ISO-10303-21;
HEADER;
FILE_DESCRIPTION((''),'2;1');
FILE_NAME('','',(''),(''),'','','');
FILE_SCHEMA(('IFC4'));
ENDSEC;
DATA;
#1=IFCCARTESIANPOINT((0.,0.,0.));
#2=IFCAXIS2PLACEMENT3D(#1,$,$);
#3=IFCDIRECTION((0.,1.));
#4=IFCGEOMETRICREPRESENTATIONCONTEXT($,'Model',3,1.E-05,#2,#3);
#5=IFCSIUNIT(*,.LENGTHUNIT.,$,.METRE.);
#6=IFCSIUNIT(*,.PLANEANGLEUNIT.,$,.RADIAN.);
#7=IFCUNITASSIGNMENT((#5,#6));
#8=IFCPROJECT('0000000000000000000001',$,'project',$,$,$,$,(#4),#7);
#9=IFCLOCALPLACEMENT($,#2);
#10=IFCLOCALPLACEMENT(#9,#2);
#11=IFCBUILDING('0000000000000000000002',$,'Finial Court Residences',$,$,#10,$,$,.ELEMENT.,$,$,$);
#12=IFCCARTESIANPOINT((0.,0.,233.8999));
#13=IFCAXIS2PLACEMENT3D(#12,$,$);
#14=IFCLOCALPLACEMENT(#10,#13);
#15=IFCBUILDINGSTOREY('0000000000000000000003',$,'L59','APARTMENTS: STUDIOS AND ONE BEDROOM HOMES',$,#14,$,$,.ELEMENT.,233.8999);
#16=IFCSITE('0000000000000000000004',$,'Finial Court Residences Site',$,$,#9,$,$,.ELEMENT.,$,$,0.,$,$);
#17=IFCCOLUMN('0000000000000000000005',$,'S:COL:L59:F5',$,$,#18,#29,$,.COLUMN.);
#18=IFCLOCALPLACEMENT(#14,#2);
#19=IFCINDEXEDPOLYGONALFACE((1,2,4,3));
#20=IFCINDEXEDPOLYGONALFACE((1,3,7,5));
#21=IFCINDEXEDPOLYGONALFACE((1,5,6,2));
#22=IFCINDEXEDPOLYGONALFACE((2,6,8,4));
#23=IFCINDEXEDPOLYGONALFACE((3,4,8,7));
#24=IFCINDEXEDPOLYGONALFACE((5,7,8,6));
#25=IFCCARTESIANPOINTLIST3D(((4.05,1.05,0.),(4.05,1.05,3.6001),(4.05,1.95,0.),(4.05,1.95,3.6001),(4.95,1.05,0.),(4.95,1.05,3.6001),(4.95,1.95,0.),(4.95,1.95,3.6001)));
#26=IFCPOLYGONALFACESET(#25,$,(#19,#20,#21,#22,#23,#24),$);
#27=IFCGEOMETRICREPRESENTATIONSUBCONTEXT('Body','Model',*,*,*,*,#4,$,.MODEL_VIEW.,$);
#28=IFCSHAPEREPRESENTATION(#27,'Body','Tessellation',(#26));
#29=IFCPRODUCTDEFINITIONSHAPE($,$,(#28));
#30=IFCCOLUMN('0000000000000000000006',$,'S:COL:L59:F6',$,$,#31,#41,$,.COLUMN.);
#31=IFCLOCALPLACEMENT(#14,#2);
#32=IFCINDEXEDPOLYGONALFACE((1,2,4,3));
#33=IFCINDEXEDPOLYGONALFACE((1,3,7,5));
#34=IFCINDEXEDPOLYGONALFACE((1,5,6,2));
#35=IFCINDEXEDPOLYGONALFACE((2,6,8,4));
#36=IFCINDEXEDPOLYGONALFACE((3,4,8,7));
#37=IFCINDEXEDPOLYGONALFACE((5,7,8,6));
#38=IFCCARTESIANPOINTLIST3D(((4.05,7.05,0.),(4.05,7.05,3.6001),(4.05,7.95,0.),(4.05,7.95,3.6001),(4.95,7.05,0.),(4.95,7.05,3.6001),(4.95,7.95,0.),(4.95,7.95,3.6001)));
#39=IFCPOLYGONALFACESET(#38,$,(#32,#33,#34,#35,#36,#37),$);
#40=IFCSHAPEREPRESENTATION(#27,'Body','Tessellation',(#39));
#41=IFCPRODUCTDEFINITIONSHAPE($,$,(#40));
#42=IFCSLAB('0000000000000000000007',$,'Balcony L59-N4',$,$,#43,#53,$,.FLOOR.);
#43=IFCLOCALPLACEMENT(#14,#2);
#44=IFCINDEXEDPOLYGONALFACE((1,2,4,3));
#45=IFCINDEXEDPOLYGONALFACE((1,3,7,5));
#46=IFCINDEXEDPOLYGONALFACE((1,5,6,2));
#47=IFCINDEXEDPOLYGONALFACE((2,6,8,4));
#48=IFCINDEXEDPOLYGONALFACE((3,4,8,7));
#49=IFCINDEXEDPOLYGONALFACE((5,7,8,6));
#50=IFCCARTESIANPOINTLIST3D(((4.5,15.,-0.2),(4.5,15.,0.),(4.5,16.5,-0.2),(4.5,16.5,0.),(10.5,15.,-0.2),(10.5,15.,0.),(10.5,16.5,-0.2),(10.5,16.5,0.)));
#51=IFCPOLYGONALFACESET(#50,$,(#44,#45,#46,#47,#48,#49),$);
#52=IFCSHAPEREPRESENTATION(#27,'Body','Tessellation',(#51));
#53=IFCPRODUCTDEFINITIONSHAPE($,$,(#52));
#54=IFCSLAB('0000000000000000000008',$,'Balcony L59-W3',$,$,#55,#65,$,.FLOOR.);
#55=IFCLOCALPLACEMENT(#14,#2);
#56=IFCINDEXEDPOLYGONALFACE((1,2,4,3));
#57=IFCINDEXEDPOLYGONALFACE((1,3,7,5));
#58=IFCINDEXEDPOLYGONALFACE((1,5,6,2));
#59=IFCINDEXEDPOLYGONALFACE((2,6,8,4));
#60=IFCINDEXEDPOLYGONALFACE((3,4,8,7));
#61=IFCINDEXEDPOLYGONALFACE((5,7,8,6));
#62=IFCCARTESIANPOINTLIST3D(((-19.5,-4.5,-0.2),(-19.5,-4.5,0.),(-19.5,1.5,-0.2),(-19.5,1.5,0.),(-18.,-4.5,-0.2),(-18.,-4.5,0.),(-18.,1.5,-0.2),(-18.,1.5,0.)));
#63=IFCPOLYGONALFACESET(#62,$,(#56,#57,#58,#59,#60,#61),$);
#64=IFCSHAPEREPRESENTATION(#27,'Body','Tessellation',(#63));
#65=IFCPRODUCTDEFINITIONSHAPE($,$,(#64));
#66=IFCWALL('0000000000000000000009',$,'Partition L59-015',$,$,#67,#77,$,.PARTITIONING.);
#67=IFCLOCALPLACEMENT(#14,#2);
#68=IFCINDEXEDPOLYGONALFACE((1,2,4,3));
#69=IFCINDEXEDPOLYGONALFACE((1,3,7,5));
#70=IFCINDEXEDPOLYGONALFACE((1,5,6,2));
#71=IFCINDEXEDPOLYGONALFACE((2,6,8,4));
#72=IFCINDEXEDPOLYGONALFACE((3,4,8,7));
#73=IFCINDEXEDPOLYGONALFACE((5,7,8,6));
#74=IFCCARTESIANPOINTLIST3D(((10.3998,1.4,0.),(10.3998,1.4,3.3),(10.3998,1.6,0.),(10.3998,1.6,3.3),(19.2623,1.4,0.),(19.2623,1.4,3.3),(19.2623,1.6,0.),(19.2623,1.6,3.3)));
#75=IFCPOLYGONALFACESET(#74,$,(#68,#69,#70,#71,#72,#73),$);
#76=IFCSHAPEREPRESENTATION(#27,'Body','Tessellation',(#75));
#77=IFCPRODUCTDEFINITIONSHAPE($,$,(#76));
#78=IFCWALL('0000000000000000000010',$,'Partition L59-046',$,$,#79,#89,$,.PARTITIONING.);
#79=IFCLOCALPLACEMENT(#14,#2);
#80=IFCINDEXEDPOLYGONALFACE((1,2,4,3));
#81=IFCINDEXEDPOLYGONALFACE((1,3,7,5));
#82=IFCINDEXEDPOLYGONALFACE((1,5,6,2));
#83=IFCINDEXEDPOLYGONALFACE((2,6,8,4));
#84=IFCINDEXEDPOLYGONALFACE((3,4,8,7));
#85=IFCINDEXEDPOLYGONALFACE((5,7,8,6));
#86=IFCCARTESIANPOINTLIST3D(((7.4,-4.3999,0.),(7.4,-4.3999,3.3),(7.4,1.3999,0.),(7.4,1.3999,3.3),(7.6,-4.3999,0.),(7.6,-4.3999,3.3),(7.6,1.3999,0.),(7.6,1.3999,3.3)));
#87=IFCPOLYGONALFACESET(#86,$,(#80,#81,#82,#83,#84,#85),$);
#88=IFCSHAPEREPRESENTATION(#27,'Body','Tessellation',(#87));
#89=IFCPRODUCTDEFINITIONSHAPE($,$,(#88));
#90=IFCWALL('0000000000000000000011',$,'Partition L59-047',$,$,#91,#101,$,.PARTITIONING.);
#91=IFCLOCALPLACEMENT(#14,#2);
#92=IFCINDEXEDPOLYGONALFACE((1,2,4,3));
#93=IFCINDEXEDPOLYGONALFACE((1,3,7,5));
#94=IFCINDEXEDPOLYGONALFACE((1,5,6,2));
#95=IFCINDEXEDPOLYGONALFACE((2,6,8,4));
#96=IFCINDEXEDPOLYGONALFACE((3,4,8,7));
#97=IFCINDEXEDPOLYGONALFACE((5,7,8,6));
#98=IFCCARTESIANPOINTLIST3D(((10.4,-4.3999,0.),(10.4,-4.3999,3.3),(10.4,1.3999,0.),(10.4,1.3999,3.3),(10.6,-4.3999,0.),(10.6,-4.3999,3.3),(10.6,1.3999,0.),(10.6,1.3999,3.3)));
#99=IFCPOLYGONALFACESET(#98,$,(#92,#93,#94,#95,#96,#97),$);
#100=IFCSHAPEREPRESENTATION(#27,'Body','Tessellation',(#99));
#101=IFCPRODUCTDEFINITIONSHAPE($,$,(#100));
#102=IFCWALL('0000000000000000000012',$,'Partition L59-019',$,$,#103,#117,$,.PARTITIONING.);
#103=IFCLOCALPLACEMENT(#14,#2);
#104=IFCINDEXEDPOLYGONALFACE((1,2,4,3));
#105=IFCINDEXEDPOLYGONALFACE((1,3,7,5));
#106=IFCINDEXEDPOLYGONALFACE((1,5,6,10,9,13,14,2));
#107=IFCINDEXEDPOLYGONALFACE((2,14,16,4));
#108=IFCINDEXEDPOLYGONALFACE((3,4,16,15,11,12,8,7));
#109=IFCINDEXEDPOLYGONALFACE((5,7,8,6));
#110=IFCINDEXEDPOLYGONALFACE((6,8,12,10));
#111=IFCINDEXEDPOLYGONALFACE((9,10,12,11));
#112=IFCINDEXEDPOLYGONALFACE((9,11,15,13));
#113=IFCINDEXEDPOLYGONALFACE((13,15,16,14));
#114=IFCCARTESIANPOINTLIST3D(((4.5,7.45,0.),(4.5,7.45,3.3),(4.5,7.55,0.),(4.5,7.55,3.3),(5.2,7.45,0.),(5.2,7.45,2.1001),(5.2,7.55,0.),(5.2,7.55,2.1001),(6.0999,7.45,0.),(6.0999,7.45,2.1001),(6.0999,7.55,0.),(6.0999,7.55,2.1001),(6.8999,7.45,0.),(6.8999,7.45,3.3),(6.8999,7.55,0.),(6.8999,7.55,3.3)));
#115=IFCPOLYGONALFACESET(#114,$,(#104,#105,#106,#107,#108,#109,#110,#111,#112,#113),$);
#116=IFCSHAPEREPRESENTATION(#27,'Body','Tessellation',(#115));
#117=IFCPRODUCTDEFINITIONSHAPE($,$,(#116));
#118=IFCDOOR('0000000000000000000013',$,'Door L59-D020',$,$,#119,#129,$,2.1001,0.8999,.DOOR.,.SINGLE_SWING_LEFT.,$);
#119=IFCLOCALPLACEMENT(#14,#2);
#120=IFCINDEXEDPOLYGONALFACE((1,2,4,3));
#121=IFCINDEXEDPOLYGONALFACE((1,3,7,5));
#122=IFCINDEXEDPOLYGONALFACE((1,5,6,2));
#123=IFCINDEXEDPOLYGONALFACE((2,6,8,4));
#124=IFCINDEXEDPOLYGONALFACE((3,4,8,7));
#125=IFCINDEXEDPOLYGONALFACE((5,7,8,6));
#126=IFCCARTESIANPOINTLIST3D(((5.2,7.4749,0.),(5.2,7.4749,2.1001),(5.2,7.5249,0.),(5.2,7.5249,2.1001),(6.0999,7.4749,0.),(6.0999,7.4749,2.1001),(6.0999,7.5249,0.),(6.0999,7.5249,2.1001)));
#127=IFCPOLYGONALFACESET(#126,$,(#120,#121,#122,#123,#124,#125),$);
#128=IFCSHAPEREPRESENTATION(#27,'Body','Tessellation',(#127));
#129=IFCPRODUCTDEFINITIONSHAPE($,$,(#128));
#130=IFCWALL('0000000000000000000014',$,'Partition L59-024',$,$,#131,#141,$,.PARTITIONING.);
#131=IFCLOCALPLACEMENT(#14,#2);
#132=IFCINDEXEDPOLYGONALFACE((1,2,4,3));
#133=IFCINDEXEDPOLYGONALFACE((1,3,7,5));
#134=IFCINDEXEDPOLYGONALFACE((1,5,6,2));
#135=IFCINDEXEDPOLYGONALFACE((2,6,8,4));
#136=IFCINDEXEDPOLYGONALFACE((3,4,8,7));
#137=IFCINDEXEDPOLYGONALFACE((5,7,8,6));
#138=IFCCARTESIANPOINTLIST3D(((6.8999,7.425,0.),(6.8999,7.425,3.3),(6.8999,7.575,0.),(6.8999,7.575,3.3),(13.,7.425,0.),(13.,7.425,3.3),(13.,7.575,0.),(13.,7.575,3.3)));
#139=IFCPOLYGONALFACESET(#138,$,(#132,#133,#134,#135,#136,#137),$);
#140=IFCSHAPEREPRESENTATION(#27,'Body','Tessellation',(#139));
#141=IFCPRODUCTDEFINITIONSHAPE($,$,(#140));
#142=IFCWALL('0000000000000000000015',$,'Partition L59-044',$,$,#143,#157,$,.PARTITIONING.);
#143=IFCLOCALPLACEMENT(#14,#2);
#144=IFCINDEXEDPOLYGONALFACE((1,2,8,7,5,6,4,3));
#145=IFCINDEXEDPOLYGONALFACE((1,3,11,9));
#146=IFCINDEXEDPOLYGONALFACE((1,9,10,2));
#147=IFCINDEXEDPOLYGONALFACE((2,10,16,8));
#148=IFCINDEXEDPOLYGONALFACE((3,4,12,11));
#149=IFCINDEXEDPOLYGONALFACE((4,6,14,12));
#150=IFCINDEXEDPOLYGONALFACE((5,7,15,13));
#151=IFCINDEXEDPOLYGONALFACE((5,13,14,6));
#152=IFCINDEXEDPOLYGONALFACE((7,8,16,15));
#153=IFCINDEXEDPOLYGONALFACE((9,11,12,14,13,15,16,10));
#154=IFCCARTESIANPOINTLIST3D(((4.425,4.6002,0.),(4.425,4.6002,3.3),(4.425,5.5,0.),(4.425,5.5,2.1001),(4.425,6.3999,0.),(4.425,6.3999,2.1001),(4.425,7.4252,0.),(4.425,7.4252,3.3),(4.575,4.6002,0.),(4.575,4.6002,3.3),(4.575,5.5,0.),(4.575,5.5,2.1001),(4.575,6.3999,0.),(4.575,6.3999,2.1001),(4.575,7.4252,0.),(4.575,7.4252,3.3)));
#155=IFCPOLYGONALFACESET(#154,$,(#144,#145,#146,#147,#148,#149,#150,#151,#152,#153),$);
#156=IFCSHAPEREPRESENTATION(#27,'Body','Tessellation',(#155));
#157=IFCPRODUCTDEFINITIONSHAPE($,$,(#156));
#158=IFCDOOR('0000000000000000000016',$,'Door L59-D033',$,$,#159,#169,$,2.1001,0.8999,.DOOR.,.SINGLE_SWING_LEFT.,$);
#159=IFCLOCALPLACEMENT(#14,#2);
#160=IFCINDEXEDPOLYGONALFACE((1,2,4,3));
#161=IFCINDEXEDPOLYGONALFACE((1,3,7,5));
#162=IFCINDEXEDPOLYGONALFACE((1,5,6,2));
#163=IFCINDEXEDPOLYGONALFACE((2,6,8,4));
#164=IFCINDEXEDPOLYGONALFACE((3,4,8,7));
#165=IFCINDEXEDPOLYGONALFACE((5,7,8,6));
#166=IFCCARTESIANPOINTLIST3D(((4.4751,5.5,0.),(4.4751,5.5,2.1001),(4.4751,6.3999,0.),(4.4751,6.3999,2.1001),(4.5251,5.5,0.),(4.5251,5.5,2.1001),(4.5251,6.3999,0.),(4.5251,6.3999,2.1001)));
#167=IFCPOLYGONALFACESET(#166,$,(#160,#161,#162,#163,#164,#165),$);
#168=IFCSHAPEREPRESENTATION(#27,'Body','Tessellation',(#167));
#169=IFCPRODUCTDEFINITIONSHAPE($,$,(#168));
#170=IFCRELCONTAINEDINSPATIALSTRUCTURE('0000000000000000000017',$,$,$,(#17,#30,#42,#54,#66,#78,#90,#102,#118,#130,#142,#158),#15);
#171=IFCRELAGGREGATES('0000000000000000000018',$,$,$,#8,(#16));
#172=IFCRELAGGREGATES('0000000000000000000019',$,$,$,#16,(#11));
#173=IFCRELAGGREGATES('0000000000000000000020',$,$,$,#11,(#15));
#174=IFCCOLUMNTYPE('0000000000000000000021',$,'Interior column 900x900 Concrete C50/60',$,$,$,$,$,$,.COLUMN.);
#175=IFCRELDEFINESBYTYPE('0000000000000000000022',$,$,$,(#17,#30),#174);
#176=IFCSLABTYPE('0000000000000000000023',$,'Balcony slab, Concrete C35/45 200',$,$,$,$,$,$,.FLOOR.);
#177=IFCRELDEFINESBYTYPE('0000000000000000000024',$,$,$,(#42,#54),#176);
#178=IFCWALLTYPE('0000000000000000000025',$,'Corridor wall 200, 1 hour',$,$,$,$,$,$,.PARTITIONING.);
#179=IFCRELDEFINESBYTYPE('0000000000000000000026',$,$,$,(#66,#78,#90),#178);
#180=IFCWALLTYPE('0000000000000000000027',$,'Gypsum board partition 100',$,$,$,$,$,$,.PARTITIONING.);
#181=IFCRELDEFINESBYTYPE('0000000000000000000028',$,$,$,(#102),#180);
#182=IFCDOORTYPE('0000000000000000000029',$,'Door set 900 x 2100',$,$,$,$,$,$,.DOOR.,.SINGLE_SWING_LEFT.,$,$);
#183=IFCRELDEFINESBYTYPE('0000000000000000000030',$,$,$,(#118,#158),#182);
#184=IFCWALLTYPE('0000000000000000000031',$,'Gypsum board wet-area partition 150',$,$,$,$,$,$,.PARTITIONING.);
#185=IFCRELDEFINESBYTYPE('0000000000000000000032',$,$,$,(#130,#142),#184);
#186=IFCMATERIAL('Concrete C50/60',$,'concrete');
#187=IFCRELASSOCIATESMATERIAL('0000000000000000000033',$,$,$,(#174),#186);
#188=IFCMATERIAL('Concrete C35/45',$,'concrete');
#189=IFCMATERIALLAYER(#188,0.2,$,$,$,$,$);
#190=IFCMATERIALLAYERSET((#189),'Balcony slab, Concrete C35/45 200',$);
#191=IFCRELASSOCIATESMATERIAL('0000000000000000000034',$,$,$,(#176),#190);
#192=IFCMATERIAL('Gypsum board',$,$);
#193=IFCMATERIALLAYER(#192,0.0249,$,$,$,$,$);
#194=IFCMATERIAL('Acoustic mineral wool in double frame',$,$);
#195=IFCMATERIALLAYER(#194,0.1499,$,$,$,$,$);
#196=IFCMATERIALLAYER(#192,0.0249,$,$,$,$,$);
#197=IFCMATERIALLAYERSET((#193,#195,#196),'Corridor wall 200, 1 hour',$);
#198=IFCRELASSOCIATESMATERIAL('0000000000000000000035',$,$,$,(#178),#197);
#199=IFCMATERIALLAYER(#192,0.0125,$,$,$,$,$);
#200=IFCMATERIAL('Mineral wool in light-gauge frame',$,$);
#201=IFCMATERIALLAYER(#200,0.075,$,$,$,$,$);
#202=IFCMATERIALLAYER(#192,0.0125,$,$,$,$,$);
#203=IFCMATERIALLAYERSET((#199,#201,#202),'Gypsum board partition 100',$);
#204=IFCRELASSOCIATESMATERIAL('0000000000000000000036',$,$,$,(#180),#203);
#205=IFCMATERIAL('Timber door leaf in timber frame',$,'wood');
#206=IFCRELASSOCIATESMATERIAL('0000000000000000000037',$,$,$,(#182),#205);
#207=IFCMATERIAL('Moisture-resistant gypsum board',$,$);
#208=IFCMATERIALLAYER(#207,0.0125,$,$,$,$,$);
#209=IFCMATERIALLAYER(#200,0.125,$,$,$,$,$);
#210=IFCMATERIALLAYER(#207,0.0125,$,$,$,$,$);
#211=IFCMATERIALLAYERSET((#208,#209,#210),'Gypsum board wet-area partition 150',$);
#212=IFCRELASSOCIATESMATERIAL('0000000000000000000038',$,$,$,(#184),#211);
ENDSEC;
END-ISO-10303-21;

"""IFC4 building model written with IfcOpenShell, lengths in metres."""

from ifc_helpers import new_model, si_unit, direction, frame, frame_2d, origin, origin_2d, place, context, subcontext, project, spatial, polyline, rectangle, outline, extrude, material, layer, layer_set, material_profile, profile_set, type_object, element, fill, save


model = new_model("IFC4")

# Units and contexts
model_context = context("Model", 3, precision=1e-05, world=origin(), true_north=direction((0.0, 1.0)))
body_context = subcontext(model_context, "Body", "Model", "MODEL_VIEW")
ifc_project = project(units=[si_unit("LENGTHUNIT", "METRE"), si_unit("PLANEANGLEUNIT", "RADIAN")], contexts=[model_context])

# Site, building, storey
site_placement = place(None, origin())
site = spatial("IfcSite", under=ifc_project, at=site_placement, Name="Finial Court Residences Site", CompositionType="ELEMENT", RefElevation=0.0)
building_placement = place(site_placement, origin())
building = spatial("IfcBuilding", under=site, at=building_placement, Name="Finial Court Residences", CompositionType="ELEMENT")
storey_placement = place(building_placement, frame((0.0, 0.0, 233.8999)))
storey = spatial("IfcBuildingStorey", under=building, at=storey_placement, Name="L59", Description="APARTMENTS: STUDIOS AND ONE BEDROOM HOMES", CompositionType="ELEMENT", Elevation=233.8999)

# Columns
ifc_material_1 = material(Name="Concrete C50/60", Category="concrete")
ifc_material_profile = material_profile(ifc_material_1, rectangle(XDim=0.8999, YDim=0.8999, at=origin_2d()), Name="900x900")
ifc_profile_set = profile_set([ifc_material_profile], Name="Concrete C50/60")
column_type = type_object("IfcColumnType", Name="Interior column 900x900 Concrete C50/60", PredefinedType="COLUMN", material=ifc_profile_set)
for number, where, z_axis, x_axis, name in (
    (1, (4.5, 1.5, 0.0), (0.0, 0.0, 1.0), (1.0, 0.0, 0.0), "S:COL:L59:F5"),
    (2, (4.5, 7.5, 0.0), (0.0, 0.0, 1.0), (1.0, 0.0, 0.0), "S:COL:L59:F6"),
):
    element("IfcColumn", number, at=place(storey_placement, frame(where, z_axis=z_axis, x_axis=x_axis)), inside=storey, type_object=column_type, Name=name, PredefinedType="COLUMN", context=body_context, shape_type="SweptSolid", body=[
        extrude(rectangle(XDim=0.8999, YDim=0.8999, at=origin_2d()), origin(), (0.0, 0.0, 1.0), 3.6001),
    ])

# Slabs
ifc_material_2 = material(Name="Concrete C35/45", Category="concrete")
ifc_layer_1 = layer(ifc_material_2, 0.2)
ifc_layer_set_1 = layer_set([ifc_layer_1], Name="Balcony slab, Concrete C35/45 200")
slab_type = type_object("IfcSlabType", Name="Balcony slab, Concrete C35/45 200", PredefinedType="FLOOR", material=ifc_layer_set_1)
slab_1_placement = place(storey_placement, frame((0.0, 0.0, -0.2)))
element("IfcSlab", 3, at=slab_1_placement, inside=storey, type_object=slab_type, Name="Balcony L59-N4", PredefinedType="FLOOR", context=body_context, shape_type="SweptSolid", body=[
    extrude(outline(polyline([(10.5, 15.0), (10.5, 16.5), (4.5, 16.5), (4.5, 15.0), (10.5, 15.0)])), origin(), (0.0, 0.0, 1.0), 0.2),
])
slab_2_placement = place(storey_placement, frame((0.0, 0.0, -0.2)))
element("IfcSlab", 4, at=slab_2_placement, inside=storey, type_object=slab_type, Name="Balcony L59-W3", PredefinedType="FLOOR", context=body_context, shape_type="SweptSolid", body=[
    extrude(outline(polyline([(-18.0, -4.5), (-18.0, 1.5), (-19.5, 1.5), (-19.5, -4.5), (-18.0, -4.5)])), origin(), (0.0, 0.0, 1.0), 0.2),
])

# Walls
ifc_material_3 = material(Name="Gypsum board")
ifc_layer_2 = layer(ifc_material_3, 0.0249)
ifc_material_4 = material(Name="Acoustic mineral wool in double frame")
ifc_layer_3 = layer(ifc_material_4, 0.1499)
ifc_layer_4 = layer(ifc_material_3, 0.0249)
ifc_layer_set_2 = layer_set([ifc_layer_2, ifc_layer_3, ifc_layer_4], Name="Corridor wall 200, 1 hour")
wall_type_1 = type_object("IfcWallType", Name="Corridor wall 200, 1 hour", PredefinedType="PARTITIONING", material=ifc_layer_set_2)
wall_1_placement = place(storey_placement, frame((10.3999, 1.5, 0.0), z_axis=(0.0, 0.0, 1.0), x_axis=(1.0, 0.0, 0.0)))
element("IfcWall", 5, at=wall_1_placement, inside=storey, type_object=wall_type_1, Name="Partition L59-015", PredefinedType="PARTITIONING", context=body_context, shape_type="SweptSolid", body=[
    extrude(rectangle(XDim=8.8625, YDim=0.2, at=frame_2d((4.4312, 0.0))), origin(), (0.0, 0.0, 1.0), 3.3),
])
for number, where, z_axis, x_axis, name in (
    (6, (7.5, -4.3999, 0.0), (0.0, 0.0, 1.0), (0.0, 1.0, 0.0), "Partition L59-046"),
    (7, (10.5, -4.3999, 0.0), (0.0, 0.0, 1.0), (0.0, 1.0, 0.0), "Partition L59-047"),
):
    element("IfcWall", number, at=place(storey_placement, frame(where, z_axis=z_axis, x_axis=x_axis)), inside=storey, type_object=wall_type_1, Name=name, PredefinedType="PARTITIONING", context=body_context, shape_type="SweptSolid", body=[
        extrude(rectangle(XDim=5.7998, YDim=0.2, at=frame_2d((2.8999, 0.0))), origin(), (0.0, 0.0, 1.0), 3.3),
    ])

# Wall, opening, door
ifc_layer_5 = layer(ifc_material_3, 0.0125)
ifc_material_5 = material(Name="Mineral wool in light-gauge frame")
ifc_layer_6 = layer(ifc_material_5, 0.075)
ifc_layer_7 = layer(ifc_material_3, 0.0125)
ifc_layer_set_3 = layer_set([ifc_layer_5, ifc_layer_6, ifc_layer_7], Name="Gypsum board partition 100")
wall_type_2 = type_object("IfcWallType", Name="Gypsum board partition 100", PredefinedType="PARTITIONING", material=ifc_layer_set_3)
wall_2_placement = place(storey_placement, frame((4.5, 7.5, 0.0), z_axis=(0.0, 0.0, 1.0), x_axis=(1.0, 0.0, 0.0)))
wall_2 = element("IfcWall", 8, at=wall_2_placement, inside=storey, type_object=wall_type_2, Name="Partition L59-019", PredefinedType="PARTITIONING", context=body_context, shape_type="SweptSolid", body=[
    extrude(rectangle(XDim=2.3999, YDim=0.1001, at=frame_2d((1.2, 0.0))), origin(), (0.0, 0.0, 1.0), 3.3),
])
opening_1_placement = place(wall_2_placement, frame((0.7, 0.0, 0.0)))
opening_1 = element("IfcOpeningElement", 9, at=opening_1_placement, cuts=wall_2, PredefinedType="OPENING", context=body_context, shape_type="SweptSolid", body=[
    extrude(rectangle(XDim=0.8999, YDim=2.1001, at=frame_2d((0.45, 1.05))), frame((0.0, 0.0601, 0.0), z_axis=(0.0, -1.0, 0.0), x_axis=(1.0, 0.0, 0.0)), (0.0, 0.0, 1.0), 0.1201),
])
ifc_material_6 = material(Name="Timber door leaf in timber frame", Category="wood")
door_type = type_object("IfcDoorType", Name="Door set 900 x 2100", OperationType="SINGLE_SWING_LEFT", PredefinedType="DOOR", material=ifc_material_6)
door_1_placement = place(opening_1_placement, origin())
door_1 = element("IfcDoor", 10, at=door_1_placement, inside=storey, type_object=door_type, Name="Door L59-D020", OperationType="SINGLE_SWING_LEFT", OverallHeight=2.1001, OverallWidth=0.8999, PredefinedType="DOOR", context=body_context, shape_type="SweptSolid", body=[
    extrude(rectangle(XDim=0.8999, YDim=2.1001, at=frame_2d((0.45, 1.05))), frame((0.0, 0.0249, 0.0), z_axis=(0.0, -1.0, 0.0), x_axis=(1.0, 0.0, 0.0)), (0.0, 0.0, 1.0), 0.05),
])
fill(opening_1, door_1)

# Wall
ifc_material_7 = material(Name="Moisture-resistant gypsum board")
ifc_layer_8 = layer(ifc_material_7, 0.0125)
ifc_layer_9 = layer(ifc_material_5, 0.125)
ifc_layer_10 = layer(ifc_material_7, 0.0125)
ifc_layer_set_4 = layer_set([ifc_layer_8, ifc_layer_9, ifc_layer_10], Name="Gypsum board wet-area partition 150")
wall_type_3 = type_object("IfcWallType", Name="Gypsum board wet-area partition 150", PredefinedType="PARTITIONING", material=ifc_layer_set_4)
wall_3_placement = place(storey_placement, frame((6.8999, 7.5, 0.0), z_axis=(0.0, 0.0, 1.0), x_axis=(1.0, 0.0, 0.0)))
element("IfcWall", 11, at=wall_3_placement, inside=storey, type_object=wall_type_3, Name="Partition L59-024", PredefinedType="PARTITIONING", context=body_context, shape_type="SweptSolid", body=[
    extrude(rectangle(XDim=6.1001, YDim=0.1499, at=frame_2d((3.05, 0.0))), origin(), (0.0, 0.0, 1.0), 3.3),
])

# Wall, opening, door
wall_4_placement = place(storey_placement, frame((4.5, 4.6001, 0.0), z_axis=(0.0, 0.0, 1.0), x_axis=(0.0, 1.0, 0.0)))
wall_4 = element("IfcWall", 12, at=wall_4_placement, inside=storey, type_object=wall_type_3, Name="Partition L59-044", PredefinedType="PARTITIONING", context=body_context, shape_type="SweptSolid", body=[
    extrude(rectangle(XDim=2.825, YDim=0.1499, at=frame_2d((1.4126, 0.0))), origin(), (0.0, 0.0, 1.0), 3.3),
])
opening_2_placement = place(wall_4_placement, frame((0.8999, 0.0, 0.0)))
opening_2 = element("IfcOpeningElement", 13, at=opening_2_placement, cuts=wall_4, PredefinedType="OPENING", context=body_context, shape_type="SweptSolid", body=[
    extrude(rectangle(XDim=0.8999, YDim=2.1001, at=frame_2d((0.45, 1.05))), frame((0.0, 0.085, 0.0), z_axis=(0.0, -1.0, 0.0), x_axis=(1.0, 0.0, 0.0)), (0.0, 0.0, 1.0), 0.1699),
])
door_2_placement = place(opening_2_placement, origin())
door_2 = element("IfcDoor", 14, at=door_2_placement, inside=storey, type_object=door_type, Name="Door L59-D033", OperationType="SINGLE_SWING_LEFT", OverallHeight=2.1001, OverallWidth=0.8999, PredefinedType="DOOR", context=body_context, shape_type="SweptSolid", body=[
    extrude(rectangle(XDim=0.8999, YDim=2.1001, at=frame_2d((0.45, 1.05))), frame((0.0, 0.0249, 0.0), z_axis=(0.0, -1.0, 0.0), x_axis=(1.0, 0.0, 0.0)), (0.0, 0.0, 1.0), 0.05),
])
fill(opening_2, door_2)

save(model, "model.ifc")
